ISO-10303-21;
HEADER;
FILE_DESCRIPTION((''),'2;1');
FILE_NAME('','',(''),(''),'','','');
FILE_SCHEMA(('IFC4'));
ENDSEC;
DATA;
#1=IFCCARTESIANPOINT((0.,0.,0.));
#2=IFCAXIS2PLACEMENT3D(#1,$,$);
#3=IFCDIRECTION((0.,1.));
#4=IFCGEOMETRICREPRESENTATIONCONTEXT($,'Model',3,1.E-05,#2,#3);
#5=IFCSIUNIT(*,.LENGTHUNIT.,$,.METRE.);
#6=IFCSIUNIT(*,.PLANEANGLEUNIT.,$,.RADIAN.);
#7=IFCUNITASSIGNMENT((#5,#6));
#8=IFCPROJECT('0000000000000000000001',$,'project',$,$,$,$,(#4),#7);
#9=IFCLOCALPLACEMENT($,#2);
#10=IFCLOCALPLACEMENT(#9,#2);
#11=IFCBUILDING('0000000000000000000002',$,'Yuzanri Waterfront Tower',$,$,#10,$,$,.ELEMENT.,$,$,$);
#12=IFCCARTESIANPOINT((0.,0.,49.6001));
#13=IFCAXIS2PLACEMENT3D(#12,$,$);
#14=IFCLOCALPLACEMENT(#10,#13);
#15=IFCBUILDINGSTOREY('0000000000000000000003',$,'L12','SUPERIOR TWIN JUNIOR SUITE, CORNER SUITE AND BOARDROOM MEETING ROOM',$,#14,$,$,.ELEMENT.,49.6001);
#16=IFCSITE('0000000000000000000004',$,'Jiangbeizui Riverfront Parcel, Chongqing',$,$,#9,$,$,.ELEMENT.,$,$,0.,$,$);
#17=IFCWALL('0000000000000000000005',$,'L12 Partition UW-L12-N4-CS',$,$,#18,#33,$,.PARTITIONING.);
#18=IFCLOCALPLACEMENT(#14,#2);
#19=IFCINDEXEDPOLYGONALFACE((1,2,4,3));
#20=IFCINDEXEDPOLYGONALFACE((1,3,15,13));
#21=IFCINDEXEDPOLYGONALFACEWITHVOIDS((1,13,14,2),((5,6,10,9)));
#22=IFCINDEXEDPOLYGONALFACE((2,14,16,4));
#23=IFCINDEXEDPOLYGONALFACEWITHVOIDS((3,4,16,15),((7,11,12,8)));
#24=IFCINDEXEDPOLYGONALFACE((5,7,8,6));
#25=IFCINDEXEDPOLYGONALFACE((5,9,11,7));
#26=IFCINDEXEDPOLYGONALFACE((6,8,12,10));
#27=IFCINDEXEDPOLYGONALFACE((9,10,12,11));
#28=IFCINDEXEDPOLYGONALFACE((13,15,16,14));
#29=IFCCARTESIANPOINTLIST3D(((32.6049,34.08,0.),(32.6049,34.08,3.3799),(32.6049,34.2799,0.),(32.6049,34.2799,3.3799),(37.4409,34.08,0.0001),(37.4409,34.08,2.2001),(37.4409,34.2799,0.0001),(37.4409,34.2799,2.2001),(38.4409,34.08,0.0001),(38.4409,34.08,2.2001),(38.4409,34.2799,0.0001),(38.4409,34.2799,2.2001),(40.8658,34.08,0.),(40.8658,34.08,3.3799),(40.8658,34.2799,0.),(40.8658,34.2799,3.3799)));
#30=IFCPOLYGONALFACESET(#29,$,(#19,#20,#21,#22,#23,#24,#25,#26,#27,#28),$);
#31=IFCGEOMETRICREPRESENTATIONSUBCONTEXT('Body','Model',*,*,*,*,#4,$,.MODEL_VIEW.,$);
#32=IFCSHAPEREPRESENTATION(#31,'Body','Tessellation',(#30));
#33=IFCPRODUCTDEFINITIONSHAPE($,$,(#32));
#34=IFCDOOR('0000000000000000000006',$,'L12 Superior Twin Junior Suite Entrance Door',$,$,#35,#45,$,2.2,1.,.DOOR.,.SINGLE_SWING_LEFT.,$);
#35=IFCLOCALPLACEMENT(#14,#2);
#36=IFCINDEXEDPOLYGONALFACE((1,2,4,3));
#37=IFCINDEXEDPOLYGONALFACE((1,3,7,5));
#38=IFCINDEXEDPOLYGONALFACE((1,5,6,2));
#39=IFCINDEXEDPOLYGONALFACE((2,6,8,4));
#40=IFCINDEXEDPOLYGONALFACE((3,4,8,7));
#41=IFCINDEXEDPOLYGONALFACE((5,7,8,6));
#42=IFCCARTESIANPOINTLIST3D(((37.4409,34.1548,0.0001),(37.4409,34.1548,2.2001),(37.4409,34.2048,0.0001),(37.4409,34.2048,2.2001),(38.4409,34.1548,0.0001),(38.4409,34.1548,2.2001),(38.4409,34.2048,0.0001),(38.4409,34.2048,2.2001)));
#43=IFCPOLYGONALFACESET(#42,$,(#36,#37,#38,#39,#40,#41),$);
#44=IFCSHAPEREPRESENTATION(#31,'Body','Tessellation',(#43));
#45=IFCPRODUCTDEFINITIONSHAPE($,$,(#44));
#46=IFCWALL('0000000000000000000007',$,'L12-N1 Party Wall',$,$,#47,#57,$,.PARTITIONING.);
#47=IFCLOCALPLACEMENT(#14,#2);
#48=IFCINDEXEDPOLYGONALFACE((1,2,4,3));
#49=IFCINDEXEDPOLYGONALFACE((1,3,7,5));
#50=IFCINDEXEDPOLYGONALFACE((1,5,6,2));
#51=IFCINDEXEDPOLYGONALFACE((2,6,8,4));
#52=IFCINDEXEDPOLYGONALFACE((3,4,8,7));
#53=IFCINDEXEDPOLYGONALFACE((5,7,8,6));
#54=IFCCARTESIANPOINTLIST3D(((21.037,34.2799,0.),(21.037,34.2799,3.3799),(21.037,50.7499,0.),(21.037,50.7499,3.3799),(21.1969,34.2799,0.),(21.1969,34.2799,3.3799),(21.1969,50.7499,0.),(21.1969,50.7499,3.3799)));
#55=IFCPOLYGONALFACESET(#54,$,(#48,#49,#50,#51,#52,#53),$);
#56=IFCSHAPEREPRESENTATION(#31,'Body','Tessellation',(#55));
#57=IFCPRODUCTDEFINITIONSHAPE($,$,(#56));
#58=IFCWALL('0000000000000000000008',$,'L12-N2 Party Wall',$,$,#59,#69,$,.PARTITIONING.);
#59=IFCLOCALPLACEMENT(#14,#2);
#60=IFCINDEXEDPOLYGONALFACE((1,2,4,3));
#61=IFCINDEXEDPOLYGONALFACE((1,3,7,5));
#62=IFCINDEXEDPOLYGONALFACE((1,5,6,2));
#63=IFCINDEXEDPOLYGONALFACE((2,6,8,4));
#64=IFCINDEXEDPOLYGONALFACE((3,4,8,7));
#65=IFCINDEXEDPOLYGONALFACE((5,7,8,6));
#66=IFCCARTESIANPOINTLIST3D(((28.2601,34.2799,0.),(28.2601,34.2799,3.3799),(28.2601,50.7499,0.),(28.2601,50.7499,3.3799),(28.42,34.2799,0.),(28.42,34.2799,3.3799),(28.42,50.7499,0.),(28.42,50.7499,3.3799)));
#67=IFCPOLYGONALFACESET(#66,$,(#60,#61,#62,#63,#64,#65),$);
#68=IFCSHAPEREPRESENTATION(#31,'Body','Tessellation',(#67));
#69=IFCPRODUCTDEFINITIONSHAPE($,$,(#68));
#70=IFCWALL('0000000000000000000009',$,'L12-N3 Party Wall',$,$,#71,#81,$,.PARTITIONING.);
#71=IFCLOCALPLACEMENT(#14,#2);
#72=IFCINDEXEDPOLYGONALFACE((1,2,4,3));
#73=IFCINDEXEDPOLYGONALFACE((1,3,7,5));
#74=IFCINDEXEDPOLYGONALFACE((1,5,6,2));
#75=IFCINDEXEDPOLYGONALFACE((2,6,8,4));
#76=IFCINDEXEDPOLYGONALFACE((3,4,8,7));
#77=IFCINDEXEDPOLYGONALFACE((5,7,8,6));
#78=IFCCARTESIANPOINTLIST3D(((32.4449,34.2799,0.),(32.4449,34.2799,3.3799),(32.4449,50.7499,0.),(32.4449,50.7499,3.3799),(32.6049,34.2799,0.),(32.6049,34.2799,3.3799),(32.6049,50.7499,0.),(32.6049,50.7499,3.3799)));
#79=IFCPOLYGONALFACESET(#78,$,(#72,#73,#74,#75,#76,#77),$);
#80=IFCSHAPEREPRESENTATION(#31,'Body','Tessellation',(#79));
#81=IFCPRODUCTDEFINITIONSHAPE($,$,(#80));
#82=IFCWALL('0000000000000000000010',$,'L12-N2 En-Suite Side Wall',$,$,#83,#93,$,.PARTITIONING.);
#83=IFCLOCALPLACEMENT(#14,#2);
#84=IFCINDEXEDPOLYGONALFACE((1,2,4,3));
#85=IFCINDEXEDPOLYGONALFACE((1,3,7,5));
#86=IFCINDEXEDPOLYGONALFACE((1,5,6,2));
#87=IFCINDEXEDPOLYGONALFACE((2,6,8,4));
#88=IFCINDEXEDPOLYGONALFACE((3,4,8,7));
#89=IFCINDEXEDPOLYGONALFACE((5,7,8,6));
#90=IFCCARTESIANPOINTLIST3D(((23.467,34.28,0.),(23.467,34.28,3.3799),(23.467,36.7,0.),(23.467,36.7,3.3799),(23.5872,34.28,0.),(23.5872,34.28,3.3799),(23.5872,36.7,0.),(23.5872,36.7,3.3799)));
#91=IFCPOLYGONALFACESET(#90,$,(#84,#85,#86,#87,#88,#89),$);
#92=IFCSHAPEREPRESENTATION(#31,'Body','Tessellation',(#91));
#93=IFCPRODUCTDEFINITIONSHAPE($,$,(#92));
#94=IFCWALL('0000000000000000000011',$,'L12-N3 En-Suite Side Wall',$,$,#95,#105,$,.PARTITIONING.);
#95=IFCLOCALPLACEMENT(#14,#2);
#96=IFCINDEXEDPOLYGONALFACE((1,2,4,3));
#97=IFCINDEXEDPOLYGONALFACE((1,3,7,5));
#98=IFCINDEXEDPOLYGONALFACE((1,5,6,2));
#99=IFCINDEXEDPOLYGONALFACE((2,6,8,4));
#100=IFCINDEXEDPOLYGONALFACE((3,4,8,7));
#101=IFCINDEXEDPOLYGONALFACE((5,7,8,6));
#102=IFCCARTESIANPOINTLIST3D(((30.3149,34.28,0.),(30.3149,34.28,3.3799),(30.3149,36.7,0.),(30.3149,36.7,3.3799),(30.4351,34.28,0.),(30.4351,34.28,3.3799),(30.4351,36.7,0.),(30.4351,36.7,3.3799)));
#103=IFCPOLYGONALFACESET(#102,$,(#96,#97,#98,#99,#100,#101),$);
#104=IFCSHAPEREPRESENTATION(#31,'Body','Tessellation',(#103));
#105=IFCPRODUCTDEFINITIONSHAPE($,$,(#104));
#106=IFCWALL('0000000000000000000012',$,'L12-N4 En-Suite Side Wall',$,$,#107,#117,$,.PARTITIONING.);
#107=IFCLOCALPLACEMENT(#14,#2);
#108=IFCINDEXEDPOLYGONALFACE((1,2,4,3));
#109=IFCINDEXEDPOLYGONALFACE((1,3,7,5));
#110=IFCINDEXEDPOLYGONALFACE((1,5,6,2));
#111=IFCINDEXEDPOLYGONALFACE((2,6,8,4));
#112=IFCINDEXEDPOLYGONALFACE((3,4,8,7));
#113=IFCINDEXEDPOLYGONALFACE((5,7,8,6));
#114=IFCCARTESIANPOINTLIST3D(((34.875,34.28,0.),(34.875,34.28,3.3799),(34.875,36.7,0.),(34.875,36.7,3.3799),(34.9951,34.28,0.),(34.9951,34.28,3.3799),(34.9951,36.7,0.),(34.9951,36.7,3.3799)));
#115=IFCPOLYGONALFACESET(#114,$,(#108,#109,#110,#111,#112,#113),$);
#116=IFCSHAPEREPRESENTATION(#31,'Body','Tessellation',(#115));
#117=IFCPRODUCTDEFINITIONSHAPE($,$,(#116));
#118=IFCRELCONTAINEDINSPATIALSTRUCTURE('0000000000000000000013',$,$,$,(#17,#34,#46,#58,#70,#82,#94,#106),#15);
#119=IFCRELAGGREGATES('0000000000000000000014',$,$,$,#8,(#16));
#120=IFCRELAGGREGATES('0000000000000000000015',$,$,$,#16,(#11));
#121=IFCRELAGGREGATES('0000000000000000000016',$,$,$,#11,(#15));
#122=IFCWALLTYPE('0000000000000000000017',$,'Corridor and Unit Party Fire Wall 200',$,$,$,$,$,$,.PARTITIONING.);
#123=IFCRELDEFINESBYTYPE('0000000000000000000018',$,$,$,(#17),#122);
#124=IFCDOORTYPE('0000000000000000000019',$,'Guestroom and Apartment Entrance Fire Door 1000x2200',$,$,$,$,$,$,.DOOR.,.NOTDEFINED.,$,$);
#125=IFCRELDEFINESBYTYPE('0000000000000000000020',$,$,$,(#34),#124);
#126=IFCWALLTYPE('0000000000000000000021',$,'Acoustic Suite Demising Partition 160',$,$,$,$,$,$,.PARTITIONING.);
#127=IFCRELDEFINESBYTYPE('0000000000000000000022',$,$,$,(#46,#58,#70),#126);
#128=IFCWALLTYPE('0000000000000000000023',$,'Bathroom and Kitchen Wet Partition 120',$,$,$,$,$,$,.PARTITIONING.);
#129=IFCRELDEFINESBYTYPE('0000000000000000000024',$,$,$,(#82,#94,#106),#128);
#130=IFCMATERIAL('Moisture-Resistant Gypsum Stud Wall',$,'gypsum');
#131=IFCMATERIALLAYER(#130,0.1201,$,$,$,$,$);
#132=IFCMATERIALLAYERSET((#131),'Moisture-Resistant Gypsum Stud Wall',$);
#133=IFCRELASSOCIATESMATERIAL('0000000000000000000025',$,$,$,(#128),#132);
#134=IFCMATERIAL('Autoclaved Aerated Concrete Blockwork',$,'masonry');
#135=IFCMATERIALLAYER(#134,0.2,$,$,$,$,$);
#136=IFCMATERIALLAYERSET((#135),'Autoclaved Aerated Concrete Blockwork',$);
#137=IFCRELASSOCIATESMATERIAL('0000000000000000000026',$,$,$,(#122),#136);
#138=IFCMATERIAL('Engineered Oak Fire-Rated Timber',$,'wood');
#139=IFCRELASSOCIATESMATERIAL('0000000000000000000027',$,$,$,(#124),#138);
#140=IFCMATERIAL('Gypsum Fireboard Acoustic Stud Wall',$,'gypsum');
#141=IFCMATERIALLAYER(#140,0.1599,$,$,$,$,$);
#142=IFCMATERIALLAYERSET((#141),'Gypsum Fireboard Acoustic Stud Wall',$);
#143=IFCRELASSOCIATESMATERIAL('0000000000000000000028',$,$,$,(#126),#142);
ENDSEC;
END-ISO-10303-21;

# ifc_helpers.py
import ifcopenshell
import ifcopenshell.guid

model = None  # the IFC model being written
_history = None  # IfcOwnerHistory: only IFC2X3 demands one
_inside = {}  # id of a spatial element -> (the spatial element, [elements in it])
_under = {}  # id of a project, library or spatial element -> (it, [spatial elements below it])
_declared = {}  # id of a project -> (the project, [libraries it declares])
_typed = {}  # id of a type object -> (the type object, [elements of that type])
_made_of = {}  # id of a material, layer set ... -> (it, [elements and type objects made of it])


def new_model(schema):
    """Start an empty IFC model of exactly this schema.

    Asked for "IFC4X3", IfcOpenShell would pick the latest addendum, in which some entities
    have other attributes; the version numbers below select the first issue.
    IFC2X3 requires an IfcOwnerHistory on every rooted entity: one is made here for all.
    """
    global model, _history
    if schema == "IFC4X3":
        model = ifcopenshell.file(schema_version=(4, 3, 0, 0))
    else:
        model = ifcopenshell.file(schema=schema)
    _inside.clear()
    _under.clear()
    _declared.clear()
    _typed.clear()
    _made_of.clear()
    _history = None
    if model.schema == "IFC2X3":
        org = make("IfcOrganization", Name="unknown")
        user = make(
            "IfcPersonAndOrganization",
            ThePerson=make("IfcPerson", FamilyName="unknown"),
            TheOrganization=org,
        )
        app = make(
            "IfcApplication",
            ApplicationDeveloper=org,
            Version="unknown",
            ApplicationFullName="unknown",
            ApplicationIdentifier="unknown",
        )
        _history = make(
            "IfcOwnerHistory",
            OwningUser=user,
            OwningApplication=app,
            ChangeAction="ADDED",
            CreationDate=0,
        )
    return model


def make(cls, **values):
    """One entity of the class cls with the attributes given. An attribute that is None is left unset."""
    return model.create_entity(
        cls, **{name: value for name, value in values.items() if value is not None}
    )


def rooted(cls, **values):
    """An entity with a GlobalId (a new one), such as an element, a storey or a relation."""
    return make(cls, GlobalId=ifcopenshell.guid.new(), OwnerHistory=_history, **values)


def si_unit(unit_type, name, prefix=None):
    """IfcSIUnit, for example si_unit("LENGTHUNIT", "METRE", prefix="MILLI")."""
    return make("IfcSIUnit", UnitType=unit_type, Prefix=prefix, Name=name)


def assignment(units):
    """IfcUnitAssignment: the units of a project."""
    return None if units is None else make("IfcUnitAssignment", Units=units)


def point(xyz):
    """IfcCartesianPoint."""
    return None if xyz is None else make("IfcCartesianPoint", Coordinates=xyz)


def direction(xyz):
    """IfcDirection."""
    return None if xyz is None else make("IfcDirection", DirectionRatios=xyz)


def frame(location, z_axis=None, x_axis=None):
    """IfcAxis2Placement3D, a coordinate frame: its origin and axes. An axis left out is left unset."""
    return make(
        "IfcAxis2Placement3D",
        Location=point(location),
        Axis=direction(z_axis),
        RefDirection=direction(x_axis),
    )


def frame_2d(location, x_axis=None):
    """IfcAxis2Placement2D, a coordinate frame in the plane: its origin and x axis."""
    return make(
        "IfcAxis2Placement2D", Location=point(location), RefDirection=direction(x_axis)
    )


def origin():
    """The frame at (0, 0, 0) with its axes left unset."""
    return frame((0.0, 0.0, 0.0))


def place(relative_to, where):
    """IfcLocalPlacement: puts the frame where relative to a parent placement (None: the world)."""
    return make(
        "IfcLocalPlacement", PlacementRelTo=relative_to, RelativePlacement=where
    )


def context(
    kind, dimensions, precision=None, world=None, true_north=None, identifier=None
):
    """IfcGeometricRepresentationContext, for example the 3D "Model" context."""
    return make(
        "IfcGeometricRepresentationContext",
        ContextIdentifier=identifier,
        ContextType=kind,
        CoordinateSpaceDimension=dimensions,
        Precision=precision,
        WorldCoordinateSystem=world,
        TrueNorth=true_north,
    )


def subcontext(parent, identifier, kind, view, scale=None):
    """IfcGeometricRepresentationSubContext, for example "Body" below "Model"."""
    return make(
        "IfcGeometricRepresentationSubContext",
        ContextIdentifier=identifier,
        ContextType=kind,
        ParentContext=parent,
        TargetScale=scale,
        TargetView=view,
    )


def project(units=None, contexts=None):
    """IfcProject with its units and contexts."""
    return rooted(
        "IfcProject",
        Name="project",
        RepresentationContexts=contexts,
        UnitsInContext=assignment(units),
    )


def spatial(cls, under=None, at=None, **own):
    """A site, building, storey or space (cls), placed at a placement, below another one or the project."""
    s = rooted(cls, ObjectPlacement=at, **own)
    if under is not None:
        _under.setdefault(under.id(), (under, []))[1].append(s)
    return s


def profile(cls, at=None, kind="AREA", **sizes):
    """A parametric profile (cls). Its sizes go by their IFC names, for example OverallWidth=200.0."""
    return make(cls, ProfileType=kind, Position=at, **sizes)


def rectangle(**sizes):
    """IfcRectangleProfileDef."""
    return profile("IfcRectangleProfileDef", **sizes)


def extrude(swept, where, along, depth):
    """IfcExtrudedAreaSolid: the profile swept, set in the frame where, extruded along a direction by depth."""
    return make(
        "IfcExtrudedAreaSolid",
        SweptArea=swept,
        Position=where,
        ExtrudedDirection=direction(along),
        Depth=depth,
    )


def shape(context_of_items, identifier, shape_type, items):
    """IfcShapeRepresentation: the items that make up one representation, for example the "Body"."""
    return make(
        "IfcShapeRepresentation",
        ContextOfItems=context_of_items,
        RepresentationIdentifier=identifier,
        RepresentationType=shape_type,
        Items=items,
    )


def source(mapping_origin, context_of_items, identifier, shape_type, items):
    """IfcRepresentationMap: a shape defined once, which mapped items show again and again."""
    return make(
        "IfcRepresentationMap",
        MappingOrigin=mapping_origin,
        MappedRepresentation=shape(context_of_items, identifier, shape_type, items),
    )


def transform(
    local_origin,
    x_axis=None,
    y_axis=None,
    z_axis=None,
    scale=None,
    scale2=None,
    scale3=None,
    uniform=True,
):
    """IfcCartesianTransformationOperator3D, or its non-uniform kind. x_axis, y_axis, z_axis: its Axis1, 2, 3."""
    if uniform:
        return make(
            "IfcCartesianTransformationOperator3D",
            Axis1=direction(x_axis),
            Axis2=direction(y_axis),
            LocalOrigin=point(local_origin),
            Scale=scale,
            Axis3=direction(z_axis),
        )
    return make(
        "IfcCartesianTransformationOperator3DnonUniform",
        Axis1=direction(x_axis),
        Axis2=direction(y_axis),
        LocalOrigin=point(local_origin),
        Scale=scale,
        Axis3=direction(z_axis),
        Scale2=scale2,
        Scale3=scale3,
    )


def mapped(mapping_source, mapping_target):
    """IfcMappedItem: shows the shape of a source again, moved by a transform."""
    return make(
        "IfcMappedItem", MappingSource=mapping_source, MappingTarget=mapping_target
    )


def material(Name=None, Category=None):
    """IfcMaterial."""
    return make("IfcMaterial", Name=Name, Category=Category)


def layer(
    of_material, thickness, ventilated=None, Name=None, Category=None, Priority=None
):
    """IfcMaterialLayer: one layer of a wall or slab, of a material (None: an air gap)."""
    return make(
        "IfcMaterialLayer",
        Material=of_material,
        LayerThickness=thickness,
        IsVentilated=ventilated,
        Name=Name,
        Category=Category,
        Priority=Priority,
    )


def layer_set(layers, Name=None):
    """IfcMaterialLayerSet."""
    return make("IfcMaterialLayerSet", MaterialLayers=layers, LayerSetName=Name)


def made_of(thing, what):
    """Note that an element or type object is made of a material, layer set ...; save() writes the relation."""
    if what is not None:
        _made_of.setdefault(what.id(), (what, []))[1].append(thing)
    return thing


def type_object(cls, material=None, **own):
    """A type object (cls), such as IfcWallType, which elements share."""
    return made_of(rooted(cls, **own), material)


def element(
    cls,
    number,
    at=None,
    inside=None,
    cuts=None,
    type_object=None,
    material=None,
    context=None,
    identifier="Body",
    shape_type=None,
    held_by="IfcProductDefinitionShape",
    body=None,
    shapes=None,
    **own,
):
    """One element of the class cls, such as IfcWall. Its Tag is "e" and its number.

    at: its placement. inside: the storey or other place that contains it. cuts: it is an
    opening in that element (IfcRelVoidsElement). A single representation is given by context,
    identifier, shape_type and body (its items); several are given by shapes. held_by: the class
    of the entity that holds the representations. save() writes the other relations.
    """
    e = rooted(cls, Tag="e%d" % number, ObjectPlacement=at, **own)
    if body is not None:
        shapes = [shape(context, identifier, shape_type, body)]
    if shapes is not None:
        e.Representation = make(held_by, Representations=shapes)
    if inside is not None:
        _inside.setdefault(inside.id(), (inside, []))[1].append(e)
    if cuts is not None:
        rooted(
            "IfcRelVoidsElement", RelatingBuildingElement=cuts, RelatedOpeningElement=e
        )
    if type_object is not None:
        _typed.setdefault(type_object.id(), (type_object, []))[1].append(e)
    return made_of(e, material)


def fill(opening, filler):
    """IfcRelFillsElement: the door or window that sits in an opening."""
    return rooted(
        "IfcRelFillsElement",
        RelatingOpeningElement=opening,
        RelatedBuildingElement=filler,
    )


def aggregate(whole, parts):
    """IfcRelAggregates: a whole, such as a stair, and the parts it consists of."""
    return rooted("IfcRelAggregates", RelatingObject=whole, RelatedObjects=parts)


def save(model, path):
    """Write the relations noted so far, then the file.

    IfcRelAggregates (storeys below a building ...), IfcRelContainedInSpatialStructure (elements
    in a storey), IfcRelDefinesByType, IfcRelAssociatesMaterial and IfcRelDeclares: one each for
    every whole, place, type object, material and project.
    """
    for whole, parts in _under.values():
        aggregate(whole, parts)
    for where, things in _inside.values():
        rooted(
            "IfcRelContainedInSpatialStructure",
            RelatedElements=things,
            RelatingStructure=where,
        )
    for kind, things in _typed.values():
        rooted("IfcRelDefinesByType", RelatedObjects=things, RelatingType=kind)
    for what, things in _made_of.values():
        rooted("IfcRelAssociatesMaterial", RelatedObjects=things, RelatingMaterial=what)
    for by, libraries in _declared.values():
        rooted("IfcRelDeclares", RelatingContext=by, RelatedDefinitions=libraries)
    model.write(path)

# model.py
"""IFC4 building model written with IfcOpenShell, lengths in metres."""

from ifc_helpers import new_model, si_unit, direction, frame, frame_2d, origin, place, context, subcontext, project, spatial, rectangle, extrude, source, transform, mapped, material, layer, layer_set, type_object, element, fill, save


model = new_model("IFC4")

# Units and contexts
model_context = context("Model", 3, precision=1e-05, world=origin(), true_north=direction((0.0, 1.0)))
body_context = subcontext(model_context, "Body", "Model", "MODEL_VIEW")
ifc_project = project(units=[si_unit("LENGTHUNIT", "METRE"), si_unit("PLANEANGLEUNIT", "RADIAN")], contexts=[model_context])

# Site, building, storey
site_placement = place(None, origin())
site = spatial("IfcSite", under=ifc_project, at=site_placement, Name="Jiangbeizui Riverfront Parcel, Chongqing", CompositionType="ELEMENT", RefElevation=0.0)
building_placement = place(site_placement, origin())
building = spatial("IfcBuilding", under=site, at=building_placement, Name="Yuzanri Waterfront Tower", CompositionType="ELEMENT")
storey_placement = place(building_placement, frame((0.0, 0.0, 49.6001)))
storey = spatial("IfcBuildingStorey", under=building, at=storey_placement, Name="L12", Description="SUPERIOR TWIN JUNIOR SUITE, CORNER SUITE AND BOARDROOM MEETING ROOM", CompositionType="ELEMENT", Elevation=49.6001)

# Wall, opening, door
ifc_material_1 = material(Name="Moisture-Resistant Gypsum Stud Wall", Category="gypsum")
ifc_layer_1 = layer(ifc_material_1, 0.1201)
ifc_layer_set_1 = layer_set([ifc_layer_1], Name="Moisture-Resistant Gypsum Stud Wall")
wall_type_1 = type_object("IfcWallType", Name="Bathroom and Kitchen Wet Partition 120", PredefinedType="PARTITIONING", material=ifc_layer_set_1)
ifc_material_2 = material(Name="Autoclaved Aerated Concrete Blockwork", Category="masonry")
ifc_layer_2 = layer(ifc_material_2, 0.2)
ifc_layer_set_2 = layer_set([ifc_layer_2], Name="Autoclaved Aerated Concrete Blockwork")
wall_type_2 = type_object("IfcWallType", Name="Corridor and Unit Party Fire Wall 200", PredefinedType="PARTITIONING", material=ifc_layer_set_2)
ifc_material_3 = material(Name="Engineered Oak Fire-Rated Timber", Category="wood")
door_type_1 = type_object("IfcDoorType", Name="Guestroom and Apartment Entrance Fire Door 1000x2200", OperationType="NOTDEFINED", PredefinedType="DOOR", material=ifc_material_3)
shared_shape_1 = source(origin(), body_context, "Body", "SweptSolid", [
    extrude(rectangle(XDim=1.0, YDim=2.2, at=frame_2d((0.5, 1.1001))), frame((0.0, 0.0249, 0.0), z_axis=(0.0, -1.0, 0.0), x_axis=(1.0, 0.0, 0.0)), (0.0, 0.0, 1.0), 0.05),
])
wall_1_placement = place(storey_placement, frame((32.605, 34.1799, 0.0), z_axis=(0.0, 0.0, 1.0), x_axis=(1.0, 0.0, 0.0)))
wall_1 = element("IfcWall", 1, at=wall_1_placement, inside=storey, type_object=wall_type_2, Name="L12 Partition UW-L12-N4-CS", PredefinedType="PARTITIONING", context=body_context, shape_type="SweptSolid", body=[
    extrude(rectangle(XDim=8.261, YDim=0.2, at=frame_2d((4.1304, 0.0))), origin(), (0.0, 0.0, 1.0), 3.3799),
])
opening_1_placement = place(wall_1_placement, frame((4.8359, 0.0, 0.0)))
opening_1 = element("IfcOpeningElement", 2, at=opening_1_placement, cuts=wall_1, PredefinedType="OPENING", context=body_context, shape_type="SweptSolid", body=[
    extrude(rectangle(XDim=1.0, YDim=2.2, at=frame_2d((0.5, 1.1001))), frame((0.0, 0.1147, 0.0), z_axis=(0.0, -1.0, 0.0), x_axis=(1.0, 0.0, 0.0)), (0.0, 0.0, 1.0), 0.2297),
])
door_1_placement = place(opening_1_placement, origin())
door_1 = element("IfcDoor", 3, at=door_1_placement, inside=storey, type_object=door_type_1, Name="L12 Superior Twin Junior Suite Entrance Door", OperationType="SINGLE_SWING_LEFT", OverallHeight=2.2, OverallWidth=1.0, PredefinedType="DOOR", context=body_context, shape_type="MappedRepresentation", body=[
    mapped(shared_shape_1, transform((0.0, 0.0, 0.0), scale=1.0)),
])
fill(opening_1, door_1)

# Walls
ifc_material_4 = material(Name="Gypsum Fireboard Acoustic Stud Wall", Category="gypsum")
ifc_layer_3 = layer(ifc_material_4, 0.1599)
ifc_layer_set_3 = layer_set([ifc_layer_3], Name="Gypsum Fireboard Acoustic Stud Wall")
wall_type_3 = type_object("IfcWallType", Name="Acoustic Suite Demising Partition 160", PredefinedType="PARTITIONING", material=ifc_layer_set_3)
shared_shape_2 = source(origin(), body_context, "Body", "SweptSolid", [
    extrude(rectangle(XDim=16.47, YDim=0.1599, at=frame_2d((8.2349, 0.0))), origin(), (0.0, 0.0, 1.0), 3.3799),
])
for number, where, z_axis, x_axis, name in (
    (4, (21.1169, 34.28, 0.0), (0.0, 0.0, 1.0), (0.0, 1.0, 0.0), "L12-N1 Party Wall"),
    (5, (28.3401, 34.28, 0.0), (0.0, 0.0, 1.0), (0.0, 1.0, 0.0), "L12-N2 Party Wall"),
    (6, (32.5249, 34.28, 0.0), (0.0, 0.0, 1.0), (0.0, 1.0, 0.0), "L12-N3 Party Wall"),
):
    element("IfcWall", number, at=place(storey_placement, frame(where, z_axis=z_axis, x_axis=x_axis)), inside=storey, type_object=wall_type_3, Name=name, PredefinedType="PARTITIONING", context=body_context, shape_type="MappedRepresentation", body=[
        mapped(shared_shape_2, transform((0.0, 0.0, 0.0), scale=1.0)),
    ])
shared_shape_3 = source(origin(), body_context, "Body", "SweptSolid", [
    extrude(rectangle(XDim=2.4199, YDim=0.1201, at=frame_2d((1.21, 0.0))), origin(), (0.0, 0.0, 1.0), 3.3799),
])
for number, where, z_axis, x_axis, name in (
    (7, (23.5271, 34.28, 0.0), (0.0, 0.0, 1.0), (0.0, 1.0, 0.0), "L12-N2 En-Suite Side Wall"),
    (8, (30.375, 34.28, 0.0), (0.0, 0.0, 1.0), (0.0, 1.0, 0.0), "L12-N3 En-Suite Side Wall"),
    (9, (34.9351, 34.28, 0.0), (0.0, 0.0, 1.0), (0.0, 1.0, 0.0), "L12-N4 En-Suite Side Wall"),
):
    element("IfcWall", number, at=place(storey_placement, frame(where, z_axis=z_axis, x_axis=x_axis)), inside=storey, type_object=wall_type_1, Name=name, PredefinedType="PARTITIONING", context=body_context, shape_type="MappedRepresentation", body=[
        mapped(shared_shape_3, transform((0.0, 0.0, 0.0), scale=1.0)),
    ])

save(model, "model.ifc")
